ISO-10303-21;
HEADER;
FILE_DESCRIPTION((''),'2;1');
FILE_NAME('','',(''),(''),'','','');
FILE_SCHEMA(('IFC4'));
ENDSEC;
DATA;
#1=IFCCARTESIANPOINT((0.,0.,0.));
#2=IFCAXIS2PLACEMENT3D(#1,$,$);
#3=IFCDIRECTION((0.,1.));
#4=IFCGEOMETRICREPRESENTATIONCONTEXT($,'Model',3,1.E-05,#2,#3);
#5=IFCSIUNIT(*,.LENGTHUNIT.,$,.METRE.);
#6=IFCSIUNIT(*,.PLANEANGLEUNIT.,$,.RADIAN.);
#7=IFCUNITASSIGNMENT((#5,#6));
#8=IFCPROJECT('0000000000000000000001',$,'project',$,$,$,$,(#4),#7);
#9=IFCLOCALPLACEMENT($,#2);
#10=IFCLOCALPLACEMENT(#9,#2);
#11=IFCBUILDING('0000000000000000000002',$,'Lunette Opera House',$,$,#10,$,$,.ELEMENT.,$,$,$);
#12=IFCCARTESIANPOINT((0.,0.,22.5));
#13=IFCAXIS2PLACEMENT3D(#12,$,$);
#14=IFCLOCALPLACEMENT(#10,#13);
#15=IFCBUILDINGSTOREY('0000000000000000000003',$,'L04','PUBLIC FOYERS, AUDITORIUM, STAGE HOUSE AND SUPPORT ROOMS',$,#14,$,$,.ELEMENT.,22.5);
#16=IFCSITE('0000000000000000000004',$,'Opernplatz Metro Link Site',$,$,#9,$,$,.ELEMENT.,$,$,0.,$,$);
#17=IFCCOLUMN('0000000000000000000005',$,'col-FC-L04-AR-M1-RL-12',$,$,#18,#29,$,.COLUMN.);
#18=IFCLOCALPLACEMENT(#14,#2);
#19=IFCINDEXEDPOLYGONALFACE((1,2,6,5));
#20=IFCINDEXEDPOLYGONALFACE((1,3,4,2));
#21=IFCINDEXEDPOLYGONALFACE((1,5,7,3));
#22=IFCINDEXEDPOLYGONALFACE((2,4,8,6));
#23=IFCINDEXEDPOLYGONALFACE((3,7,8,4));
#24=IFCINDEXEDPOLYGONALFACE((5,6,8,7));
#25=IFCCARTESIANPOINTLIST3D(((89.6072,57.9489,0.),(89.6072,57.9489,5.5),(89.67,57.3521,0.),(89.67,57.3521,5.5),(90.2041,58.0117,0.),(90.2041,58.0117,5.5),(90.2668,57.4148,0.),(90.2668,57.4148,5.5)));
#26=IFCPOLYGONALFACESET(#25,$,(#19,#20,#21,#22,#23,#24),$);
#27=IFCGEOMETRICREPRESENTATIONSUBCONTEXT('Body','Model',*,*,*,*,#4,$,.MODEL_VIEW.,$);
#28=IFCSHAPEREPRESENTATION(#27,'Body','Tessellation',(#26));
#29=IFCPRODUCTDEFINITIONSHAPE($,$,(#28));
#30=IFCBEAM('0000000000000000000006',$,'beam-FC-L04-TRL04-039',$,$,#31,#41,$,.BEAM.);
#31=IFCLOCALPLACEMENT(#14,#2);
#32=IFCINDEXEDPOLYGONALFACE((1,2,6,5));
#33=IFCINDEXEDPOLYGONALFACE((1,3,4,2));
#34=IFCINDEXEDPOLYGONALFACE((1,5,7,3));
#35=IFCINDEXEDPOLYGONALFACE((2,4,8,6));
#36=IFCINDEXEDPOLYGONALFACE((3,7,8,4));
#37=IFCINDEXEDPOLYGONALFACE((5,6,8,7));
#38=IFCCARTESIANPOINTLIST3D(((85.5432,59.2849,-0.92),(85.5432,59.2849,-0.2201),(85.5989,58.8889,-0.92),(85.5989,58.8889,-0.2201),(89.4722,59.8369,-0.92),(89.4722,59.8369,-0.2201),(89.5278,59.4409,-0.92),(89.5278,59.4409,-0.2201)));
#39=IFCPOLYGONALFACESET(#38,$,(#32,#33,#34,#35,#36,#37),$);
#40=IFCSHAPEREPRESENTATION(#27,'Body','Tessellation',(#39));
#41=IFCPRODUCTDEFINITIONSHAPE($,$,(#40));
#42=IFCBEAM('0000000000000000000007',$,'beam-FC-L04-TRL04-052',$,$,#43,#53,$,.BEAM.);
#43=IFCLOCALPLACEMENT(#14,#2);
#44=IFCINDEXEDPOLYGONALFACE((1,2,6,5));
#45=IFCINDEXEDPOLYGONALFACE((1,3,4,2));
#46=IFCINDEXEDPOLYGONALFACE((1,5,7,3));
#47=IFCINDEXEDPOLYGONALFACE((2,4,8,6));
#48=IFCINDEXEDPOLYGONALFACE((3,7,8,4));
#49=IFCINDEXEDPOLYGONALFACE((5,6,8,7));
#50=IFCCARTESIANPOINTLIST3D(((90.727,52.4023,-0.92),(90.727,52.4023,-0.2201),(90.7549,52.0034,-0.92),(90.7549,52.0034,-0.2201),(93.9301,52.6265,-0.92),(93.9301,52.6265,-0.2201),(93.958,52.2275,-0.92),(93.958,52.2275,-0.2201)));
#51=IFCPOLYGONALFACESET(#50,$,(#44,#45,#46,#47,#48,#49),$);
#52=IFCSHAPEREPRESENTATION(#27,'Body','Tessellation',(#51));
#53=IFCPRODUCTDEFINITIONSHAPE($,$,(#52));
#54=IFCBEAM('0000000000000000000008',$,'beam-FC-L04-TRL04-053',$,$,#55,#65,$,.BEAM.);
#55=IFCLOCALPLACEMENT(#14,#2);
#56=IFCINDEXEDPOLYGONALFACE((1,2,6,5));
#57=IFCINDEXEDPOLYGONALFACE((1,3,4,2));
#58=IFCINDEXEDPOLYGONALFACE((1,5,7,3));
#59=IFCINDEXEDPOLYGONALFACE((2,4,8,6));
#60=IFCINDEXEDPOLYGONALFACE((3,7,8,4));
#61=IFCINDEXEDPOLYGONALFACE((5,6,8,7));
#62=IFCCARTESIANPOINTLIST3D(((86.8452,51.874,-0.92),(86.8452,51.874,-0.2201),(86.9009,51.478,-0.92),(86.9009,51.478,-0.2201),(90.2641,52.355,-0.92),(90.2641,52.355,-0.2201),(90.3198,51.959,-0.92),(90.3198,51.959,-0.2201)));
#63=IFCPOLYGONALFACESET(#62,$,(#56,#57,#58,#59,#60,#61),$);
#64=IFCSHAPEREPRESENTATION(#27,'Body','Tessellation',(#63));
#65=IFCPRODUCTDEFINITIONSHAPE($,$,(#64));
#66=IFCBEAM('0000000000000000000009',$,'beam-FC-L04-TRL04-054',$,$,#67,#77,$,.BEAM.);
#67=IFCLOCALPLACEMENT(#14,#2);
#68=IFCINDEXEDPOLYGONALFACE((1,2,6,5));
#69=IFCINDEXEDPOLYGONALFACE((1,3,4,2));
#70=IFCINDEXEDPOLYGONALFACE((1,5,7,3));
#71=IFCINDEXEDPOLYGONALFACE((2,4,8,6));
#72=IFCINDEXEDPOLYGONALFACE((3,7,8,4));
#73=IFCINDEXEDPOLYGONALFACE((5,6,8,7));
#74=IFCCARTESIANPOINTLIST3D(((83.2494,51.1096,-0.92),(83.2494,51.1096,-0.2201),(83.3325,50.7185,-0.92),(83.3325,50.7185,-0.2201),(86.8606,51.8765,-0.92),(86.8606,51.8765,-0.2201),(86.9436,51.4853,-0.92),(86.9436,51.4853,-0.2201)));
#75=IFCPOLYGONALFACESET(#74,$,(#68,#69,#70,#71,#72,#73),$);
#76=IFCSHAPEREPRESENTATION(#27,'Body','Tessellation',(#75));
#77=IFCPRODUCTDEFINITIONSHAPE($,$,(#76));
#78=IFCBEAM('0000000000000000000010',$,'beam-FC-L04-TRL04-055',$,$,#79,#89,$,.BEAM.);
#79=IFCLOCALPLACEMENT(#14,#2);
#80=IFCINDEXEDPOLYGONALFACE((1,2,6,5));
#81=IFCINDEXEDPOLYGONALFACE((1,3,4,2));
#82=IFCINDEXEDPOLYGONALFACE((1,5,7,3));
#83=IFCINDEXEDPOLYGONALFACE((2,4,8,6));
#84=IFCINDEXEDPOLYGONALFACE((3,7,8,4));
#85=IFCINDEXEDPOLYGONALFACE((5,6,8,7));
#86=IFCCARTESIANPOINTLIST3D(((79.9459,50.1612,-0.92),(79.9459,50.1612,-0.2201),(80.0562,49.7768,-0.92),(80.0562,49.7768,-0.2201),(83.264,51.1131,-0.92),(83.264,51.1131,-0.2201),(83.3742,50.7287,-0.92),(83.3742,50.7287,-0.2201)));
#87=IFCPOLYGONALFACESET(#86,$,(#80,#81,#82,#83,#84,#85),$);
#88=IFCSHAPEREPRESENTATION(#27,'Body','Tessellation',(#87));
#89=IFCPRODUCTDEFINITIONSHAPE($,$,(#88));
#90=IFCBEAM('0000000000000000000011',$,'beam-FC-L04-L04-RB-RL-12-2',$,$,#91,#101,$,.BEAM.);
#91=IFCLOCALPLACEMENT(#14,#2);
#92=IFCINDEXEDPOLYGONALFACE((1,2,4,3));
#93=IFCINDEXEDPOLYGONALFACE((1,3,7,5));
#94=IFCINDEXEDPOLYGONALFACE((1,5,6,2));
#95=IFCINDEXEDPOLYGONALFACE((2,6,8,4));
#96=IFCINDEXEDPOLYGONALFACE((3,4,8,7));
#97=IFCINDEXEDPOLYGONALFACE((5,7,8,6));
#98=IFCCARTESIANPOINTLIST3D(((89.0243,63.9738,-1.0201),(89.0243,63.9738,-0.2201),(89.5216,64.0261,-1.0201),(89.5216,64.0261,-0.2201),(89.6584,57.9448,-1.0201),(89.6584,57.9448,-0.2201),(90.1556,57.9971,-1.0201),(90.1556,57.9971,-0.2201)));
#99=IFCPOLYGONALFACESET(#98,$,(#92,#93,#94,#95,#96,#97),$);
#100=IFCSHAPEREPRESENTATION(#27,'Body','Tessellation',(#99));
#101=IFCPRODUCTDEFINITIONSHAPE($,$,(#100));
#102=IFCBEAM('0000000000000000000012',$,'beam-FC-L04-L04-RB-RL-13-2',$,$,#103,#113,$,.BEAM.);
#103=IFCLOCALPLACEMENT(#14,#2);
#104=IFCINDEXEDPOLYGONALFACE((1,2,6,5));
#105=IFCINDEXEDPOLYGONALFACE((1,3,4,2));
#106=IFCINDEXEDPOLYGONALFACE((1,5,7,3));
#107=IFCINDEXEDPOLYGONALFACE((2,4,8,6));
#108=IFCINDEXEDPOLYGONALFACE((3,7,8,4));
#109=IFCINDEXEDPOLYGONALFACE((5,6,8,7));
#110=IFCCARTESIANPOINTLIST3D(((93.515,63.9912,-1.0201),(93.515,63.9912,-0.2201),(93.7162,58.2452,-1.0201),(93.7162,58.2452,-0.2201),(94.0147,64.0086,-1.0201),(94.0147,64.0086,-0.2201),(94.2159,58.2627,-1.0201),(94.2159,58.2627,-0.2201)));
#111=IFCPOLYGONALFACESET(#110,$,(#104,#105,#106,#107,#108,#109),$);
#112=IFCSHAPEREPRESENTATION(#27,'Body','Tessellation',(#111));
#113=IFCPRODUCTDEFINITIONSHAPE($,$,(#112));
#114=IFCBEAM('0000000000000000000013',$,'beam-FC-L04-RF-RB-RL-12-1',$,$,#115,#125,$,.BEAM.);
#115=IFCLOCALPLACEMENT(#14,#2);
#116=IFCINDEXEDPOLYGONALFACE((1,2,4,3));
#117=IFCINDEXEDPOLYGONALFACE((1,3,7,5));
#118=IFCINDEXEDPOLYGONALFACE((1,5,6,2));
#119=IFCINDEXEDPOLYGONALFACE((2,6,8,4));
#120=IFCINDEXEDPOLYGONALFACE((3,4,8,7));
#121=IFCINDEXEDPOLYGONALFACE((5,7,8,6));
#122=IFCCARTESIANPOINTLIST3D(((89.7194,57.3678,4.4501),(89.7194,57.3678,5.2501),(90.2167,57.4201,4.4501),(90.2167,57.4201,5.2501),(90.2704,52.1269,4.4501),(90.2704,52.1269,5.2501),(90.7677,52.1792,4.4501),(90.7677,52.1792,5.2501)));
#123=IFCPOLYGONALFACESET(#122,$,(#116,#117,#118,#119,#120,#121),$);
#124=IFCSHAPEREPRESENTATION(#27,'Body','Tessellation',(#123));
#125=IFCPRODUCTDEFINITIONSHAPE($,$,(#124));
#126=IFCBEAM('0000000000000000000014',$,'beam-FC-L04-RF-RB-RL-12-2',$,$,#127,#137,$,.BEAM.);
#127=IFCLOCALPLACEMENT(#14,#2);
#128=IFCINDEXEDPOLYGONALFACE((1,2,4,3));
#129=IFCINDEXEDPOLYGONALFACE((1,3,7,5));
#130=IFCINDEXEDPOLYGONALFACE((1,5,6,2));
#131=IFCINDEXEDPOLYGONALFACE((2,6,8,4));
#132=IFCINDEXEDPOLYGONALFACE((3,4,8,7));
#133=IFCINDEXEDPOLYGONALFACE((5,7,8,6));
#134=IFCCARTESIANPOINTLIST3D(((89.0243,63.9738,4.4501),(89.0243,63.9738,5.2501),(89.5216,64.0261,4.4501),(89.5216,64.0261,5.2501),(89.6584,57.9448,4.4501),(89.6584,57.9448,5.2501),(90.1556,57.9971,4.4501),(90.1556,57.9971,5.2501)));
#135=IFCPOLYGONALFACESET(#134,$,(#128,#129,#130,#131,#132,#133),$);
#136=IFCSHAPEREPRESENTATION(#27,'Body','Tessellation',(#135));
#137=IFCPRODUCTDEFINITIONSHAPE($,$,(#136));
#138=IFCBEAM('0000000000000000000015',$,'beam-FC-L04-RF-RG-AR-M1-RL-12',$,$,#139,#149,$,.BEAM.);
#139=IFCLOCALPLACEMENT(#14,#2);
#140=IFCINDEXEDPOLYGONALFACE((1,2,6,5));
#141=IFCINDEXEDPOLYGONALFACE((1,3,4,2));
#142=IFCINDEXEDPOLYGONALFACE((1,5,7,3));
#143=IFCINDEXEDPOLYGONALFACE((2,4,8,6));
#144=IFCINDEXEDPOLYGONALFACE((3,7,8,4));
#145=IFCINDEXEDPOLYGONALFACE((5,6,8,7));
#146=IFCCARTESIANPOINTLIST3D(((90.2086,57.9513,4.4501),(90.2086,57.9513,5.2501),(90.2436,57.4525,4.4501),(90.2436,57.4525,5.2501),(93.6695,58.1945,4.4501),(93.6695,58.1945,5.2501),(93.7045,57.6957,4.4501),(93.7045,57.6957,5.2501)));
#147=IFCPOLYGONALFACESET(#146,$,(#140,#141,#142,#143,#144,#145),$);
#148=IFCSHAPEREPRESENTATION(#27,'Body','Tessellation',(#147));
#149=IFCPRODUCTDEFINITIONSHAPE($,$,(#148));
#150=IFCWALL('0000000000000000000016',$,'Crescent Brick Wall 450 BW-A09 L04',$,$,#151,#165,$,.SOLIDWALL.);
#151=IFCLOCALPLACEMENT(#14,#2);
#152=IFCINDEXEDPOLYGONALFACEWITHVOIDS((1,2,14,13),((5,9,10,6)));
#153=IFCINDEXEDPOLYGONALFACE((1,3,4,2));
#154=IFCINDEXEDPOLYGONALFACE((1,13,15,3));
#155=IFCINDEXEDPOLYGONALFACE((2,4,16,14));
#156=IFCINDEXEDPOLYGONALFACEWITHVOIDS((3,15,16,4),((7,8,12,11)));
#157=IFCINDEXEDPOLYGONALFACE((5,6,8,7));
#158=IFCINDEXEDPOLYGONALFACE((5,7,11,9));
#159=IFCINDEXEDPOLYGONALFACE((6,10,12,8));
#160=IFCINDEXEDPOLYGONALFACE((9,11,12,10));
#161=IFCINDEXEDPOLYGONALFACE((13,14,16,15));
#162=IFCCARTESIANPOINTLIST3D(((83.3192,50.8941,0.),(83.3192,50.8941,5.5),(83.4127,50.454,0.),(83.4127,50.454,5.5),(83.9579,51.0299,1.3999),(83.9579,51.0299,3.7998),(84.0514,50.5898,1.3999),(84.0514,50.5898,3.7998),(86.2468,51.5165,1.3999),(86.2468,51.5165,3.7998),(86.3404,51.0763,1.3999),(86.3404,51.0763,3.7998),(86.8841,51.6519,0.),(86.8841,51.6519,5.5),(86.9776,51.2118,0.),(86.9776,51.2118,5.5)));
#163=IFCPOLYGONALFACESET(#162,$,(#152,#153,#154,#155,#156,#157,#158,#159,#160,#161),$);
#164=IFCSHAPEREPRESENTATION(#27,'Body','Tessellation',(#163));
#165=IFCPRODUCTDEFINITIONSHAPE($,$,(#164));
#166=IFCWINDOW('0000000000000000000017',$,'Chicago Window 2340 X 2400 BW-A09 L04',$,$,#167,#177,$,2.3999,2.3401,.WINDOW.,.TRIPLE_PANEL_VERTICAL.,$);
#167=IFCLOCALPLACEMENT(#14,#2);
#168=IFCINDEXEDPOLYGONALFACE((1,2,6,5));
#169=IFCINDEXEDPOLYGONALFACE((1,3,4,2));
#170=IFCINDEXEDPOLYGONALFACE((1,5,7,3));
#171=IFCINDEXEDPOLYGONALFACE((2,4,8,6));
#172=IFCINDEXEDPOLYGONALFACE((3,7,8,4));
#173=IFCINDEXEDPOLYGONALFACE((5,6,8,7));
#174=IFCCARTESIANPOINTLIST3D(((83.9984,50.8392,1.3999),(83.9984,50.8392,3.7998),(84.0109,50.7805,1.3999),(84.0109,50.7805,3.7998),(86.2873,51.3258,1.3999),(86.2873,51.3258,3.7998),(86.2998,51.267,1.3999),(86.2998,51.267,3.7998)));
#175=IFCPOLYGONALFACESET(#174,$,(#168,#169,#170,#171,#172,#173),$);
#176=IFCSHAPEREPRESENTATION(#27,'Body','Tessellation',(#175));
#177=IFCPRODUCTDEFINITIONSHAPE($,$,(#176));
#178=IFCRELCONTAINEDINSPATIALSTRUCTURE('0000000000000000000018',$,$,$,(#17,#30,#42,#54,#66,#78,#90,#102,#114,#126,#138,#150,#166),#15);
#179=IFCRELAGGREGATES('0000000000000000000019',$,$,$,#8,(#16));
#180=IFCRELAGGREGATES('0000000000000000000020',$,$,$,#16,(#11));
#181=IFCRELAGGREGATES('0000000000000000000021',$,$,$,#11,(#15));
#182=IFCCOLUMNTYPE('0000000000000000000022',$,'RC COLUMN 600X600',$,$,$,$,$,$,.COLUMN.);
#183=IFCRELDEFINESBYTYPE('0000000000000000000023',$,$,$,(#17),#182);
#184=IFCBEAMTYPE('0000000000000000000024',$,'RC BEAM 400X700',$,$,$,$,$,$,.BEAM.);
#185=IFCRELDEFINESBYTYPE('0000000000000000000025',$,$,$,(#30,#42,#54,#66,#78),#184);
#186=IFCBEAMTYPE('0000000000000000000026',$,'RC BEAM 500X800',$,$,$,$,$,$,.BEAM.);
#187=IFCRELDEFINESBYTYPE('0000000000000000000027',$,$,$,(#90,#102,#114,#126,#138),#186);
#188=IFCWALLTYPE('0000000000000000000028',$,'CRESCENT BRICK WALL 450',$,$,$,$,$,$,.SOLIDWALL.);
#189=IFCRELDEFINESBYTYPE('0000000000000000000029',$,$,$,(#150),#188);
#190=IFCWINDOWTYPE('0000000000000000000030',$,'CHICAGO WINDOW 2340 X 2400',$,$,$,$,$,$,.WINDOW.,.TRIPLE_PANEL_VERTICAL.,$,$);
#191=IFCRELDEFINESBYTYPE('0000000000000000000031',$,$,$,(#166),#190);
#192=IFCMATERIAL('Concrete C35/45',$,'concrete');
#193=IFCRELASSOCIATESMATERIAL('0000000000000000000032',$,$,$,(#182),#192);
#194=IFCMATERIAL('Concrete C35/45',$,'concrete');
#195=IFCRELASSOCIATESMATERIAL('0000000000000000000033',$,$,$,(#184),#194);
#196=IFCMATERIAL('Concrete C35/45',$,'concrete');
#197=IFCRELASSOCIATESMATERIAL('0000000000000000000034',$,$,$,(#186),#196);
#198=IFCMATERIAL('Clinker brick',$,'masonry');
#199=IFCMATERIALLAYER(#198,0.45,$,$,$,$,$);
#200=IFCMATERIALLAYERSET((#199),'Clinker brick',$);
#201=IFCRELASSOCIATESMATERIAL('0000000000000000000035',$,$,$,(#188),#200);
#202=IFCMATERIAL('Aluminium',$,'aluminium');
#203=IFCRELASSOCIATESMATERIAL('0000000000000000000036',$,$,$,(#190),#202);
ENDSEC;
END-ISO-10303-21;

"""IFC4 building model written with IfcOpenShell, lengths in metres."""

from ifc_helpers import new_model, si_unit, direction, frame, frame_2d, origin, origin_2d, place, context, subcontext, project, spatial, rectangle, extrude, material, layer, layer_set, material_profile, profile_set, type_object, element, fill, save


model = new_model("IFC4")

# Units and contexts
model_context = context("Model", 3, precision=1e-05, world=origin(), true_north=direction((0.0, 1.0)))
body_context = subcontext(model_context, "Body", "Model", "MODEL_VIEW")
ifc_project = project(units=[si_unit("LENGTHUNIT", "METRE"), si_unit("PLANEANGLEUNIT", "RADIAN")], contexts=[model_context])

# Site, building, storey
site_placement = place(None, origin())
site = spatial("IfcSite", under=ifc_project, at=site_placement, Name="Opernplatz Metro Link Site", CompositionType="ELEMENT", RefElevation=0.0)
building_placement = place(site_placement, origin())
building = spatial("IfcBuilding", under=site, at=building_placement, Name="Lunette Opera House", CompositionType="ELEMENT")
storey_placement = place(building_placement, frame((0.0, 0.0, 22.5)))
storey = spatial("IfcBuildingStorey", under=building, at=storey_placement, Name="L04", Description="PUBLIC FOYERS, AUDITORIUM, STAGE HOUSE AND SUPPORT ROOMS", CompositionType="ELEMENT", Elevation=22.5)

# Column
ifc_material_1 = material(Name="Concrete C35/45", Category="concrete")
ifc_material_profile_1 = material_profile(ifc_material_1, rectangle(XDim=0.6001, YDim=0.6001, at=origin_2d()), Name="RC COLUMN 600X600")
ifc_profile_set_1 = profile_set([ifc_material_profile_1], Name="Concrete C35/45")
column_type = type_object("IfcColumnType", Name="RC COLUMN 600X600", PredefinedType="COLUMN", material=ifc_profile_set_1)
column_placement = place(storey_placement, frame((89.937, 57.6819, 0.0), z_axis=(0.0, 0.0, 1.0), x_axis=(0.994522, 0.104528, 0.0)))
element("IfcColumn", 1, at=column_placement, inside=storey, type_object=column_type, Name="col-FC-L04-AR-M1-RL-12", PredefinedType="COLUMN", context=body_context, shape_type="SweptSolid", body=[
    extrude(rectangle(XDim=0.6001, YDim=0.6001, at=origin_2d()), origin(), (0.0, 0.0, 1.0), 5.5),
])

# Beams
ifc_material_2 = material(Name="Concrete C35/45", Category="concrete")
ifc_material_profile_2 = material_profile(ifc_material_2, rectangle(XDim=0.3999, YDim=0.7, at=origin_2d()), Name="RC BEAM 400X700")
ifc_profile_set_2 = profile_set([ifc_material_profile_2], Name="Concrete C35/45")
beam_type_1 = type_object("IfcBeamType", Name="RC BEAM 400X700", PredefinedType="BEAM", material=ifc_profile_set_2)
beam_1_placement = place(storey_placement, frame((85.571, 59.0869, -0.5701), z_axis=(0.990274, 0.139129, 0.0), x_axis=(-0.139129, 0.990274, 0.0)))
element("IfcBeam", 2, at=beam_1_placement, inside=storey, type_object=beam_type_1, Name="beam-FC-L04-TRL04-039", PredefinedType="BEAM", context=body_context, shape_type="SweptSolid", body=[
    extrude(rectangle(XDim=0.3999, YDim=0.7, at=origin_2d()), origin(), (0.0, 0.0, 1.0), 3.9675),
])
beam_2_placement = place(storey_placement, frame((93.9441, 52.427, -0.5701), z_axis=(-0.997561, -0.069799, 0.0), x_axis=(0.069799, -0.997561, 0.0)))
element("IfcBeam", 3, at=beam_2_placement, inside=storey, type_object=beam_type_1, Name="beam-FC-L04-TRL04-052", PredefinedType="BEAM", context=body_context, shape_type="SweptSolid", body=[
    extrude(rectangle(XDim=0.3999, YDim=0.7, at=origin_2d()), origin(), (0.0, 0.0, 1.0), 3.2109),
])
beam_3_placement = place(storey_placement, frame((90.292, 52.157, -0.5701), z_axis=(-0.99025, -0.139303, 0.0), x_axis=(0.139303, -0.99025, 0.0)))
element("IfcBeam", 4, at=beam_3_placement, inside=storey, type_object=beam_type_1, Name="beam-FC-L04-TRL04-053", PredefinedType="BEAM", context=body_context, shape_type="SweptSolid", body=[
    extrude(rectangle(XDim=0.3999, YDim=0.7, at=origin_2d()), origin(), (0.0, 0.0, 1.0), 3.4526),
])
beam_4_placement = place(storey_placement, frame((86.9021, 51.6809, -0.5701), z_axis=(-0.978187, -0.207727, 0.0), x_axis=(0.207727, -0.978187, 0.0)))
element("IfcBeam", 5, at=beam_4_placement, inside=storey, type_object=beam_type_1, Name="beam-FC-L04-TRL04-054", PredefinedType="BEAM", context=body_context, shape_type="SweptSolid", body=[
    extrude(rectangle(XDim=0.3999, YDim=0.7, at=origin_2d()), origin(), (0.0, 0.0, 1.0), 3.6917),
])
beam_5_placement = place(storey_placement, frame((83.3191, 50.9209, -0.5701), z_axis=(-0.961227, -0.275758, 0.0), x_axis=(0.275758, -0.961227, 0.0)))
element("IfcBeam", 6, at=beam_5_placement, inside=storey, type_object=beam_type_1, Name="beam-FC-L04-TRL04-055", PredefinedType="BEAM", context=body_context, shape_type="SweptSolid", body=[
    extrude(rectangle(XDim=0.3999, YDim=0.7, at=origin_2d()), origin(), (0.0, 0.0, 1.0), 3.4519),
])
ifc_material_3 = material(Name="Concrete C35/45", Category="concrete")
ifc_material_profile_3 = material_profile(ifc_material_3, rectangle(XDim=0.5, YDim=0.8, at=origin_2d()), Name="RC BEAM 500X800")
ifc_profile_set_3 = profile_set([ifc_material_profile_3], Name="Concrete C35/45")
beam_type_2 = type_object("IfcBeamType", Name="RC BEAM 500X800", PredefinedType="BEAM", material=ifc_profile_set_3)
beam_6_placement = place(storey_placement, frame((89.907, 57.9709, -0.6201), z_axis=(-0.104586, 0.994516, 0.0), x_axis=(-0.994516, -0.104586, 0.0)))
element("IfcBeam", 7, at=beam_6_placement, inside=storey, type_object=beam_type_2, Name="beam-FC-L04-L04-RB-RL-12-2", PredefinedType="BEAM", context=body_context, shape_type="SweptSolid", body=[
    extrude(rectangle(XDim=0.5, YDim=0.8, at=origin_2d()), origin(), (0.0, 0.0, 1.0), 6.0623),
])
beam_7_placement = place(storey_placement, frame((93.9661, 58.2539, -0.6201), z_axis=(-0.034989, 0.999388, 0.0), x_axis=(-0.999388, -0.034989, 0.0)))
element("IfcBeam", 8, at=beam_7_placement, inside=storey, type_object=beam_type_2, Name="beam-FC-L04-L04-RB-RL-13-2", PredefinedType="BEAM", context=body_context, shape_type="SweptSolid", body=[
    extrude(rectangle(XDim=0.5, YDim=0.8, at=origin_2d()), origin(), (0.0, 0.0, 1.0), 5.7495),
])
beam_8_placement = place(storey_placement, frame((90.519, 52.1531, 4.8501), z_axis=(-0.104562, 0.994518, 0.0), x_axis=(-0.994518, -0.104562, 0.0)))
element("IfcBeam", 9, at=beam_8_placement, inside=storey, type_object=beam_type_2, Name="beam-FC-L04-RF-RB-RL-12-1", PredefinedType="BEAM", context=body_context, shape_type="SweptSolid", body=[
    extrude(rectangle(XDim=0.5, YDim=0.8, at=origin_2d()), origin(), (0.0, 0.0, 1.0), 5.2698),
])
beam_9_placement = place(storey_placement, frame((89.907, 57.9709, 4.8501), z_axis=(-0.104586, 0.994516, 0.0), x_axis=(-0.994516, -0.104586, 0.0)))
element("IfcBeam", 10, at=beam_9_placement, inside=storey, type_object=beam_type_2, Name="beam-FC-L04-RF-RB-RL-12-2", PredefinedType="BEAM", context=body_context, shape_type="SweptSolid", body=[
    extrude(rectangle(XDim=0.5, YDim=0.8, at=origin_2d()), origin(), (0.0, 0.0, 1.0), 6.0623),
])
beam_10_placement = place(storey_placement, frame((90.2261, 57.7019, 4.8501), z_axis=(0.997541, 0.070087, 0.0), x_axis=(-0.070087, 0.997541, 0.0)))
element("IfcBeam", 11, at=beam_10_placement, inside=storey, type_object=beam_type_2, Name="beam-FC-L04-RF-RG-AR-M1-RL-12", PredefinedType="BEAM", context=body_context, shape_type="SweptSolid", body=[
    extrude(rectangle(XDim=0.5, YDim=0.8, at=origin_2d()), origin(), (0.0, 0.0, 1.0), 3.4695),
])

# Wall, opening, window
ifc_material_4 = material(Name="Clinker brick", Category="masonry")
ifc_layer = layer(ifc_material_4, 0.45)
ifc_layer_set = layer_set([ifc_layer], Name="Clinker brick")
wall_type = type_object("IfcWallType", Name="CRESCENT BRICK WALL 450", PredefinedType="SOLIDWALL", material=ifc_layer_set)
wall_1_placement = place(storey_placement, frame((83.366, 50.6741, 0.0), z_axis=(0.0, 0.0, 1.0), x_axis=(0.978144, 0.207928, 0.0)))
wall_1 = element("IfcWall", 12, at=wall_1_placement, inside=storey, type_object=wall_type, Name="Crescent Brick Wall 450 BW-A09 L04", PredefinedType="SOLIDWALL", context=body_context, shape_type="SweptSolid", body=[
    extrude(rectangle(XDim=3.6445, YDim=0.45, at=frame_2d((1.8223, 0.0))), origin(), (0.0, 0.0, 1.0), 5.5),
])
opening_1_placement = place(wall_1_placement, frame((0.6531, 0.0, 1.3999)))
opening_1 = element("IfcOpeningElement", 13, at=opening_1_placement, cuts=wall_1, PredefinedType="OPENING", context=body_context, shape_type="SweptSolid", body=[
    extrude(rectangle(XDim=2.3401, YDim=2.3999, at=frame_2d((1.1699, 1.2))), frame((0.0, 0.2371, 0.0), z_axis=(0.0, -1.0, 0.0), x_axis=(1.0, 0.0, 0.0)), (0.0, 0.0, 1.0), 0.4739),
])
ifc_material_5 = material(Name="Aluminium", Category="aluminium")
window_type = type_object("IfcWindowType", Name="CHICAGO WINDOW 2340 X 2400", PartitioningType="TRIPLE_PANEL_VERTICAL", PredefinedType="WINDOW", material=ifc_material_5)
window_1_placement = place(opening_1_placement, origin())
window_1 = element("IfcWindow", 14, at=window_1_placement, inside=storey, type_object=window_type, Name="Chicago Window 2340 X 2400 BW-A09 L04", OverallHeight=2.3999, OverallWidth=2.3401, PartitioningType="TRIPLE_PANEL_VERTICAL", PredefinedType="WINDOW", context=body_context, shape_type="SweptSolid", body=[
    extrude(rectangle(XDim=2.3401, YDim=2.3999, at=frame_2d((1.1699, 1.2))), frame((0.0, 0.03, 0.0), z_axis=(0.0, -1.0, 0.0), x_axis=(1.0, 0.0, 0.0)), (0.0, 0.0, 1.0), 0.0601),
])
fill(opening_1, window_1)

save(model, "model.ifc")
